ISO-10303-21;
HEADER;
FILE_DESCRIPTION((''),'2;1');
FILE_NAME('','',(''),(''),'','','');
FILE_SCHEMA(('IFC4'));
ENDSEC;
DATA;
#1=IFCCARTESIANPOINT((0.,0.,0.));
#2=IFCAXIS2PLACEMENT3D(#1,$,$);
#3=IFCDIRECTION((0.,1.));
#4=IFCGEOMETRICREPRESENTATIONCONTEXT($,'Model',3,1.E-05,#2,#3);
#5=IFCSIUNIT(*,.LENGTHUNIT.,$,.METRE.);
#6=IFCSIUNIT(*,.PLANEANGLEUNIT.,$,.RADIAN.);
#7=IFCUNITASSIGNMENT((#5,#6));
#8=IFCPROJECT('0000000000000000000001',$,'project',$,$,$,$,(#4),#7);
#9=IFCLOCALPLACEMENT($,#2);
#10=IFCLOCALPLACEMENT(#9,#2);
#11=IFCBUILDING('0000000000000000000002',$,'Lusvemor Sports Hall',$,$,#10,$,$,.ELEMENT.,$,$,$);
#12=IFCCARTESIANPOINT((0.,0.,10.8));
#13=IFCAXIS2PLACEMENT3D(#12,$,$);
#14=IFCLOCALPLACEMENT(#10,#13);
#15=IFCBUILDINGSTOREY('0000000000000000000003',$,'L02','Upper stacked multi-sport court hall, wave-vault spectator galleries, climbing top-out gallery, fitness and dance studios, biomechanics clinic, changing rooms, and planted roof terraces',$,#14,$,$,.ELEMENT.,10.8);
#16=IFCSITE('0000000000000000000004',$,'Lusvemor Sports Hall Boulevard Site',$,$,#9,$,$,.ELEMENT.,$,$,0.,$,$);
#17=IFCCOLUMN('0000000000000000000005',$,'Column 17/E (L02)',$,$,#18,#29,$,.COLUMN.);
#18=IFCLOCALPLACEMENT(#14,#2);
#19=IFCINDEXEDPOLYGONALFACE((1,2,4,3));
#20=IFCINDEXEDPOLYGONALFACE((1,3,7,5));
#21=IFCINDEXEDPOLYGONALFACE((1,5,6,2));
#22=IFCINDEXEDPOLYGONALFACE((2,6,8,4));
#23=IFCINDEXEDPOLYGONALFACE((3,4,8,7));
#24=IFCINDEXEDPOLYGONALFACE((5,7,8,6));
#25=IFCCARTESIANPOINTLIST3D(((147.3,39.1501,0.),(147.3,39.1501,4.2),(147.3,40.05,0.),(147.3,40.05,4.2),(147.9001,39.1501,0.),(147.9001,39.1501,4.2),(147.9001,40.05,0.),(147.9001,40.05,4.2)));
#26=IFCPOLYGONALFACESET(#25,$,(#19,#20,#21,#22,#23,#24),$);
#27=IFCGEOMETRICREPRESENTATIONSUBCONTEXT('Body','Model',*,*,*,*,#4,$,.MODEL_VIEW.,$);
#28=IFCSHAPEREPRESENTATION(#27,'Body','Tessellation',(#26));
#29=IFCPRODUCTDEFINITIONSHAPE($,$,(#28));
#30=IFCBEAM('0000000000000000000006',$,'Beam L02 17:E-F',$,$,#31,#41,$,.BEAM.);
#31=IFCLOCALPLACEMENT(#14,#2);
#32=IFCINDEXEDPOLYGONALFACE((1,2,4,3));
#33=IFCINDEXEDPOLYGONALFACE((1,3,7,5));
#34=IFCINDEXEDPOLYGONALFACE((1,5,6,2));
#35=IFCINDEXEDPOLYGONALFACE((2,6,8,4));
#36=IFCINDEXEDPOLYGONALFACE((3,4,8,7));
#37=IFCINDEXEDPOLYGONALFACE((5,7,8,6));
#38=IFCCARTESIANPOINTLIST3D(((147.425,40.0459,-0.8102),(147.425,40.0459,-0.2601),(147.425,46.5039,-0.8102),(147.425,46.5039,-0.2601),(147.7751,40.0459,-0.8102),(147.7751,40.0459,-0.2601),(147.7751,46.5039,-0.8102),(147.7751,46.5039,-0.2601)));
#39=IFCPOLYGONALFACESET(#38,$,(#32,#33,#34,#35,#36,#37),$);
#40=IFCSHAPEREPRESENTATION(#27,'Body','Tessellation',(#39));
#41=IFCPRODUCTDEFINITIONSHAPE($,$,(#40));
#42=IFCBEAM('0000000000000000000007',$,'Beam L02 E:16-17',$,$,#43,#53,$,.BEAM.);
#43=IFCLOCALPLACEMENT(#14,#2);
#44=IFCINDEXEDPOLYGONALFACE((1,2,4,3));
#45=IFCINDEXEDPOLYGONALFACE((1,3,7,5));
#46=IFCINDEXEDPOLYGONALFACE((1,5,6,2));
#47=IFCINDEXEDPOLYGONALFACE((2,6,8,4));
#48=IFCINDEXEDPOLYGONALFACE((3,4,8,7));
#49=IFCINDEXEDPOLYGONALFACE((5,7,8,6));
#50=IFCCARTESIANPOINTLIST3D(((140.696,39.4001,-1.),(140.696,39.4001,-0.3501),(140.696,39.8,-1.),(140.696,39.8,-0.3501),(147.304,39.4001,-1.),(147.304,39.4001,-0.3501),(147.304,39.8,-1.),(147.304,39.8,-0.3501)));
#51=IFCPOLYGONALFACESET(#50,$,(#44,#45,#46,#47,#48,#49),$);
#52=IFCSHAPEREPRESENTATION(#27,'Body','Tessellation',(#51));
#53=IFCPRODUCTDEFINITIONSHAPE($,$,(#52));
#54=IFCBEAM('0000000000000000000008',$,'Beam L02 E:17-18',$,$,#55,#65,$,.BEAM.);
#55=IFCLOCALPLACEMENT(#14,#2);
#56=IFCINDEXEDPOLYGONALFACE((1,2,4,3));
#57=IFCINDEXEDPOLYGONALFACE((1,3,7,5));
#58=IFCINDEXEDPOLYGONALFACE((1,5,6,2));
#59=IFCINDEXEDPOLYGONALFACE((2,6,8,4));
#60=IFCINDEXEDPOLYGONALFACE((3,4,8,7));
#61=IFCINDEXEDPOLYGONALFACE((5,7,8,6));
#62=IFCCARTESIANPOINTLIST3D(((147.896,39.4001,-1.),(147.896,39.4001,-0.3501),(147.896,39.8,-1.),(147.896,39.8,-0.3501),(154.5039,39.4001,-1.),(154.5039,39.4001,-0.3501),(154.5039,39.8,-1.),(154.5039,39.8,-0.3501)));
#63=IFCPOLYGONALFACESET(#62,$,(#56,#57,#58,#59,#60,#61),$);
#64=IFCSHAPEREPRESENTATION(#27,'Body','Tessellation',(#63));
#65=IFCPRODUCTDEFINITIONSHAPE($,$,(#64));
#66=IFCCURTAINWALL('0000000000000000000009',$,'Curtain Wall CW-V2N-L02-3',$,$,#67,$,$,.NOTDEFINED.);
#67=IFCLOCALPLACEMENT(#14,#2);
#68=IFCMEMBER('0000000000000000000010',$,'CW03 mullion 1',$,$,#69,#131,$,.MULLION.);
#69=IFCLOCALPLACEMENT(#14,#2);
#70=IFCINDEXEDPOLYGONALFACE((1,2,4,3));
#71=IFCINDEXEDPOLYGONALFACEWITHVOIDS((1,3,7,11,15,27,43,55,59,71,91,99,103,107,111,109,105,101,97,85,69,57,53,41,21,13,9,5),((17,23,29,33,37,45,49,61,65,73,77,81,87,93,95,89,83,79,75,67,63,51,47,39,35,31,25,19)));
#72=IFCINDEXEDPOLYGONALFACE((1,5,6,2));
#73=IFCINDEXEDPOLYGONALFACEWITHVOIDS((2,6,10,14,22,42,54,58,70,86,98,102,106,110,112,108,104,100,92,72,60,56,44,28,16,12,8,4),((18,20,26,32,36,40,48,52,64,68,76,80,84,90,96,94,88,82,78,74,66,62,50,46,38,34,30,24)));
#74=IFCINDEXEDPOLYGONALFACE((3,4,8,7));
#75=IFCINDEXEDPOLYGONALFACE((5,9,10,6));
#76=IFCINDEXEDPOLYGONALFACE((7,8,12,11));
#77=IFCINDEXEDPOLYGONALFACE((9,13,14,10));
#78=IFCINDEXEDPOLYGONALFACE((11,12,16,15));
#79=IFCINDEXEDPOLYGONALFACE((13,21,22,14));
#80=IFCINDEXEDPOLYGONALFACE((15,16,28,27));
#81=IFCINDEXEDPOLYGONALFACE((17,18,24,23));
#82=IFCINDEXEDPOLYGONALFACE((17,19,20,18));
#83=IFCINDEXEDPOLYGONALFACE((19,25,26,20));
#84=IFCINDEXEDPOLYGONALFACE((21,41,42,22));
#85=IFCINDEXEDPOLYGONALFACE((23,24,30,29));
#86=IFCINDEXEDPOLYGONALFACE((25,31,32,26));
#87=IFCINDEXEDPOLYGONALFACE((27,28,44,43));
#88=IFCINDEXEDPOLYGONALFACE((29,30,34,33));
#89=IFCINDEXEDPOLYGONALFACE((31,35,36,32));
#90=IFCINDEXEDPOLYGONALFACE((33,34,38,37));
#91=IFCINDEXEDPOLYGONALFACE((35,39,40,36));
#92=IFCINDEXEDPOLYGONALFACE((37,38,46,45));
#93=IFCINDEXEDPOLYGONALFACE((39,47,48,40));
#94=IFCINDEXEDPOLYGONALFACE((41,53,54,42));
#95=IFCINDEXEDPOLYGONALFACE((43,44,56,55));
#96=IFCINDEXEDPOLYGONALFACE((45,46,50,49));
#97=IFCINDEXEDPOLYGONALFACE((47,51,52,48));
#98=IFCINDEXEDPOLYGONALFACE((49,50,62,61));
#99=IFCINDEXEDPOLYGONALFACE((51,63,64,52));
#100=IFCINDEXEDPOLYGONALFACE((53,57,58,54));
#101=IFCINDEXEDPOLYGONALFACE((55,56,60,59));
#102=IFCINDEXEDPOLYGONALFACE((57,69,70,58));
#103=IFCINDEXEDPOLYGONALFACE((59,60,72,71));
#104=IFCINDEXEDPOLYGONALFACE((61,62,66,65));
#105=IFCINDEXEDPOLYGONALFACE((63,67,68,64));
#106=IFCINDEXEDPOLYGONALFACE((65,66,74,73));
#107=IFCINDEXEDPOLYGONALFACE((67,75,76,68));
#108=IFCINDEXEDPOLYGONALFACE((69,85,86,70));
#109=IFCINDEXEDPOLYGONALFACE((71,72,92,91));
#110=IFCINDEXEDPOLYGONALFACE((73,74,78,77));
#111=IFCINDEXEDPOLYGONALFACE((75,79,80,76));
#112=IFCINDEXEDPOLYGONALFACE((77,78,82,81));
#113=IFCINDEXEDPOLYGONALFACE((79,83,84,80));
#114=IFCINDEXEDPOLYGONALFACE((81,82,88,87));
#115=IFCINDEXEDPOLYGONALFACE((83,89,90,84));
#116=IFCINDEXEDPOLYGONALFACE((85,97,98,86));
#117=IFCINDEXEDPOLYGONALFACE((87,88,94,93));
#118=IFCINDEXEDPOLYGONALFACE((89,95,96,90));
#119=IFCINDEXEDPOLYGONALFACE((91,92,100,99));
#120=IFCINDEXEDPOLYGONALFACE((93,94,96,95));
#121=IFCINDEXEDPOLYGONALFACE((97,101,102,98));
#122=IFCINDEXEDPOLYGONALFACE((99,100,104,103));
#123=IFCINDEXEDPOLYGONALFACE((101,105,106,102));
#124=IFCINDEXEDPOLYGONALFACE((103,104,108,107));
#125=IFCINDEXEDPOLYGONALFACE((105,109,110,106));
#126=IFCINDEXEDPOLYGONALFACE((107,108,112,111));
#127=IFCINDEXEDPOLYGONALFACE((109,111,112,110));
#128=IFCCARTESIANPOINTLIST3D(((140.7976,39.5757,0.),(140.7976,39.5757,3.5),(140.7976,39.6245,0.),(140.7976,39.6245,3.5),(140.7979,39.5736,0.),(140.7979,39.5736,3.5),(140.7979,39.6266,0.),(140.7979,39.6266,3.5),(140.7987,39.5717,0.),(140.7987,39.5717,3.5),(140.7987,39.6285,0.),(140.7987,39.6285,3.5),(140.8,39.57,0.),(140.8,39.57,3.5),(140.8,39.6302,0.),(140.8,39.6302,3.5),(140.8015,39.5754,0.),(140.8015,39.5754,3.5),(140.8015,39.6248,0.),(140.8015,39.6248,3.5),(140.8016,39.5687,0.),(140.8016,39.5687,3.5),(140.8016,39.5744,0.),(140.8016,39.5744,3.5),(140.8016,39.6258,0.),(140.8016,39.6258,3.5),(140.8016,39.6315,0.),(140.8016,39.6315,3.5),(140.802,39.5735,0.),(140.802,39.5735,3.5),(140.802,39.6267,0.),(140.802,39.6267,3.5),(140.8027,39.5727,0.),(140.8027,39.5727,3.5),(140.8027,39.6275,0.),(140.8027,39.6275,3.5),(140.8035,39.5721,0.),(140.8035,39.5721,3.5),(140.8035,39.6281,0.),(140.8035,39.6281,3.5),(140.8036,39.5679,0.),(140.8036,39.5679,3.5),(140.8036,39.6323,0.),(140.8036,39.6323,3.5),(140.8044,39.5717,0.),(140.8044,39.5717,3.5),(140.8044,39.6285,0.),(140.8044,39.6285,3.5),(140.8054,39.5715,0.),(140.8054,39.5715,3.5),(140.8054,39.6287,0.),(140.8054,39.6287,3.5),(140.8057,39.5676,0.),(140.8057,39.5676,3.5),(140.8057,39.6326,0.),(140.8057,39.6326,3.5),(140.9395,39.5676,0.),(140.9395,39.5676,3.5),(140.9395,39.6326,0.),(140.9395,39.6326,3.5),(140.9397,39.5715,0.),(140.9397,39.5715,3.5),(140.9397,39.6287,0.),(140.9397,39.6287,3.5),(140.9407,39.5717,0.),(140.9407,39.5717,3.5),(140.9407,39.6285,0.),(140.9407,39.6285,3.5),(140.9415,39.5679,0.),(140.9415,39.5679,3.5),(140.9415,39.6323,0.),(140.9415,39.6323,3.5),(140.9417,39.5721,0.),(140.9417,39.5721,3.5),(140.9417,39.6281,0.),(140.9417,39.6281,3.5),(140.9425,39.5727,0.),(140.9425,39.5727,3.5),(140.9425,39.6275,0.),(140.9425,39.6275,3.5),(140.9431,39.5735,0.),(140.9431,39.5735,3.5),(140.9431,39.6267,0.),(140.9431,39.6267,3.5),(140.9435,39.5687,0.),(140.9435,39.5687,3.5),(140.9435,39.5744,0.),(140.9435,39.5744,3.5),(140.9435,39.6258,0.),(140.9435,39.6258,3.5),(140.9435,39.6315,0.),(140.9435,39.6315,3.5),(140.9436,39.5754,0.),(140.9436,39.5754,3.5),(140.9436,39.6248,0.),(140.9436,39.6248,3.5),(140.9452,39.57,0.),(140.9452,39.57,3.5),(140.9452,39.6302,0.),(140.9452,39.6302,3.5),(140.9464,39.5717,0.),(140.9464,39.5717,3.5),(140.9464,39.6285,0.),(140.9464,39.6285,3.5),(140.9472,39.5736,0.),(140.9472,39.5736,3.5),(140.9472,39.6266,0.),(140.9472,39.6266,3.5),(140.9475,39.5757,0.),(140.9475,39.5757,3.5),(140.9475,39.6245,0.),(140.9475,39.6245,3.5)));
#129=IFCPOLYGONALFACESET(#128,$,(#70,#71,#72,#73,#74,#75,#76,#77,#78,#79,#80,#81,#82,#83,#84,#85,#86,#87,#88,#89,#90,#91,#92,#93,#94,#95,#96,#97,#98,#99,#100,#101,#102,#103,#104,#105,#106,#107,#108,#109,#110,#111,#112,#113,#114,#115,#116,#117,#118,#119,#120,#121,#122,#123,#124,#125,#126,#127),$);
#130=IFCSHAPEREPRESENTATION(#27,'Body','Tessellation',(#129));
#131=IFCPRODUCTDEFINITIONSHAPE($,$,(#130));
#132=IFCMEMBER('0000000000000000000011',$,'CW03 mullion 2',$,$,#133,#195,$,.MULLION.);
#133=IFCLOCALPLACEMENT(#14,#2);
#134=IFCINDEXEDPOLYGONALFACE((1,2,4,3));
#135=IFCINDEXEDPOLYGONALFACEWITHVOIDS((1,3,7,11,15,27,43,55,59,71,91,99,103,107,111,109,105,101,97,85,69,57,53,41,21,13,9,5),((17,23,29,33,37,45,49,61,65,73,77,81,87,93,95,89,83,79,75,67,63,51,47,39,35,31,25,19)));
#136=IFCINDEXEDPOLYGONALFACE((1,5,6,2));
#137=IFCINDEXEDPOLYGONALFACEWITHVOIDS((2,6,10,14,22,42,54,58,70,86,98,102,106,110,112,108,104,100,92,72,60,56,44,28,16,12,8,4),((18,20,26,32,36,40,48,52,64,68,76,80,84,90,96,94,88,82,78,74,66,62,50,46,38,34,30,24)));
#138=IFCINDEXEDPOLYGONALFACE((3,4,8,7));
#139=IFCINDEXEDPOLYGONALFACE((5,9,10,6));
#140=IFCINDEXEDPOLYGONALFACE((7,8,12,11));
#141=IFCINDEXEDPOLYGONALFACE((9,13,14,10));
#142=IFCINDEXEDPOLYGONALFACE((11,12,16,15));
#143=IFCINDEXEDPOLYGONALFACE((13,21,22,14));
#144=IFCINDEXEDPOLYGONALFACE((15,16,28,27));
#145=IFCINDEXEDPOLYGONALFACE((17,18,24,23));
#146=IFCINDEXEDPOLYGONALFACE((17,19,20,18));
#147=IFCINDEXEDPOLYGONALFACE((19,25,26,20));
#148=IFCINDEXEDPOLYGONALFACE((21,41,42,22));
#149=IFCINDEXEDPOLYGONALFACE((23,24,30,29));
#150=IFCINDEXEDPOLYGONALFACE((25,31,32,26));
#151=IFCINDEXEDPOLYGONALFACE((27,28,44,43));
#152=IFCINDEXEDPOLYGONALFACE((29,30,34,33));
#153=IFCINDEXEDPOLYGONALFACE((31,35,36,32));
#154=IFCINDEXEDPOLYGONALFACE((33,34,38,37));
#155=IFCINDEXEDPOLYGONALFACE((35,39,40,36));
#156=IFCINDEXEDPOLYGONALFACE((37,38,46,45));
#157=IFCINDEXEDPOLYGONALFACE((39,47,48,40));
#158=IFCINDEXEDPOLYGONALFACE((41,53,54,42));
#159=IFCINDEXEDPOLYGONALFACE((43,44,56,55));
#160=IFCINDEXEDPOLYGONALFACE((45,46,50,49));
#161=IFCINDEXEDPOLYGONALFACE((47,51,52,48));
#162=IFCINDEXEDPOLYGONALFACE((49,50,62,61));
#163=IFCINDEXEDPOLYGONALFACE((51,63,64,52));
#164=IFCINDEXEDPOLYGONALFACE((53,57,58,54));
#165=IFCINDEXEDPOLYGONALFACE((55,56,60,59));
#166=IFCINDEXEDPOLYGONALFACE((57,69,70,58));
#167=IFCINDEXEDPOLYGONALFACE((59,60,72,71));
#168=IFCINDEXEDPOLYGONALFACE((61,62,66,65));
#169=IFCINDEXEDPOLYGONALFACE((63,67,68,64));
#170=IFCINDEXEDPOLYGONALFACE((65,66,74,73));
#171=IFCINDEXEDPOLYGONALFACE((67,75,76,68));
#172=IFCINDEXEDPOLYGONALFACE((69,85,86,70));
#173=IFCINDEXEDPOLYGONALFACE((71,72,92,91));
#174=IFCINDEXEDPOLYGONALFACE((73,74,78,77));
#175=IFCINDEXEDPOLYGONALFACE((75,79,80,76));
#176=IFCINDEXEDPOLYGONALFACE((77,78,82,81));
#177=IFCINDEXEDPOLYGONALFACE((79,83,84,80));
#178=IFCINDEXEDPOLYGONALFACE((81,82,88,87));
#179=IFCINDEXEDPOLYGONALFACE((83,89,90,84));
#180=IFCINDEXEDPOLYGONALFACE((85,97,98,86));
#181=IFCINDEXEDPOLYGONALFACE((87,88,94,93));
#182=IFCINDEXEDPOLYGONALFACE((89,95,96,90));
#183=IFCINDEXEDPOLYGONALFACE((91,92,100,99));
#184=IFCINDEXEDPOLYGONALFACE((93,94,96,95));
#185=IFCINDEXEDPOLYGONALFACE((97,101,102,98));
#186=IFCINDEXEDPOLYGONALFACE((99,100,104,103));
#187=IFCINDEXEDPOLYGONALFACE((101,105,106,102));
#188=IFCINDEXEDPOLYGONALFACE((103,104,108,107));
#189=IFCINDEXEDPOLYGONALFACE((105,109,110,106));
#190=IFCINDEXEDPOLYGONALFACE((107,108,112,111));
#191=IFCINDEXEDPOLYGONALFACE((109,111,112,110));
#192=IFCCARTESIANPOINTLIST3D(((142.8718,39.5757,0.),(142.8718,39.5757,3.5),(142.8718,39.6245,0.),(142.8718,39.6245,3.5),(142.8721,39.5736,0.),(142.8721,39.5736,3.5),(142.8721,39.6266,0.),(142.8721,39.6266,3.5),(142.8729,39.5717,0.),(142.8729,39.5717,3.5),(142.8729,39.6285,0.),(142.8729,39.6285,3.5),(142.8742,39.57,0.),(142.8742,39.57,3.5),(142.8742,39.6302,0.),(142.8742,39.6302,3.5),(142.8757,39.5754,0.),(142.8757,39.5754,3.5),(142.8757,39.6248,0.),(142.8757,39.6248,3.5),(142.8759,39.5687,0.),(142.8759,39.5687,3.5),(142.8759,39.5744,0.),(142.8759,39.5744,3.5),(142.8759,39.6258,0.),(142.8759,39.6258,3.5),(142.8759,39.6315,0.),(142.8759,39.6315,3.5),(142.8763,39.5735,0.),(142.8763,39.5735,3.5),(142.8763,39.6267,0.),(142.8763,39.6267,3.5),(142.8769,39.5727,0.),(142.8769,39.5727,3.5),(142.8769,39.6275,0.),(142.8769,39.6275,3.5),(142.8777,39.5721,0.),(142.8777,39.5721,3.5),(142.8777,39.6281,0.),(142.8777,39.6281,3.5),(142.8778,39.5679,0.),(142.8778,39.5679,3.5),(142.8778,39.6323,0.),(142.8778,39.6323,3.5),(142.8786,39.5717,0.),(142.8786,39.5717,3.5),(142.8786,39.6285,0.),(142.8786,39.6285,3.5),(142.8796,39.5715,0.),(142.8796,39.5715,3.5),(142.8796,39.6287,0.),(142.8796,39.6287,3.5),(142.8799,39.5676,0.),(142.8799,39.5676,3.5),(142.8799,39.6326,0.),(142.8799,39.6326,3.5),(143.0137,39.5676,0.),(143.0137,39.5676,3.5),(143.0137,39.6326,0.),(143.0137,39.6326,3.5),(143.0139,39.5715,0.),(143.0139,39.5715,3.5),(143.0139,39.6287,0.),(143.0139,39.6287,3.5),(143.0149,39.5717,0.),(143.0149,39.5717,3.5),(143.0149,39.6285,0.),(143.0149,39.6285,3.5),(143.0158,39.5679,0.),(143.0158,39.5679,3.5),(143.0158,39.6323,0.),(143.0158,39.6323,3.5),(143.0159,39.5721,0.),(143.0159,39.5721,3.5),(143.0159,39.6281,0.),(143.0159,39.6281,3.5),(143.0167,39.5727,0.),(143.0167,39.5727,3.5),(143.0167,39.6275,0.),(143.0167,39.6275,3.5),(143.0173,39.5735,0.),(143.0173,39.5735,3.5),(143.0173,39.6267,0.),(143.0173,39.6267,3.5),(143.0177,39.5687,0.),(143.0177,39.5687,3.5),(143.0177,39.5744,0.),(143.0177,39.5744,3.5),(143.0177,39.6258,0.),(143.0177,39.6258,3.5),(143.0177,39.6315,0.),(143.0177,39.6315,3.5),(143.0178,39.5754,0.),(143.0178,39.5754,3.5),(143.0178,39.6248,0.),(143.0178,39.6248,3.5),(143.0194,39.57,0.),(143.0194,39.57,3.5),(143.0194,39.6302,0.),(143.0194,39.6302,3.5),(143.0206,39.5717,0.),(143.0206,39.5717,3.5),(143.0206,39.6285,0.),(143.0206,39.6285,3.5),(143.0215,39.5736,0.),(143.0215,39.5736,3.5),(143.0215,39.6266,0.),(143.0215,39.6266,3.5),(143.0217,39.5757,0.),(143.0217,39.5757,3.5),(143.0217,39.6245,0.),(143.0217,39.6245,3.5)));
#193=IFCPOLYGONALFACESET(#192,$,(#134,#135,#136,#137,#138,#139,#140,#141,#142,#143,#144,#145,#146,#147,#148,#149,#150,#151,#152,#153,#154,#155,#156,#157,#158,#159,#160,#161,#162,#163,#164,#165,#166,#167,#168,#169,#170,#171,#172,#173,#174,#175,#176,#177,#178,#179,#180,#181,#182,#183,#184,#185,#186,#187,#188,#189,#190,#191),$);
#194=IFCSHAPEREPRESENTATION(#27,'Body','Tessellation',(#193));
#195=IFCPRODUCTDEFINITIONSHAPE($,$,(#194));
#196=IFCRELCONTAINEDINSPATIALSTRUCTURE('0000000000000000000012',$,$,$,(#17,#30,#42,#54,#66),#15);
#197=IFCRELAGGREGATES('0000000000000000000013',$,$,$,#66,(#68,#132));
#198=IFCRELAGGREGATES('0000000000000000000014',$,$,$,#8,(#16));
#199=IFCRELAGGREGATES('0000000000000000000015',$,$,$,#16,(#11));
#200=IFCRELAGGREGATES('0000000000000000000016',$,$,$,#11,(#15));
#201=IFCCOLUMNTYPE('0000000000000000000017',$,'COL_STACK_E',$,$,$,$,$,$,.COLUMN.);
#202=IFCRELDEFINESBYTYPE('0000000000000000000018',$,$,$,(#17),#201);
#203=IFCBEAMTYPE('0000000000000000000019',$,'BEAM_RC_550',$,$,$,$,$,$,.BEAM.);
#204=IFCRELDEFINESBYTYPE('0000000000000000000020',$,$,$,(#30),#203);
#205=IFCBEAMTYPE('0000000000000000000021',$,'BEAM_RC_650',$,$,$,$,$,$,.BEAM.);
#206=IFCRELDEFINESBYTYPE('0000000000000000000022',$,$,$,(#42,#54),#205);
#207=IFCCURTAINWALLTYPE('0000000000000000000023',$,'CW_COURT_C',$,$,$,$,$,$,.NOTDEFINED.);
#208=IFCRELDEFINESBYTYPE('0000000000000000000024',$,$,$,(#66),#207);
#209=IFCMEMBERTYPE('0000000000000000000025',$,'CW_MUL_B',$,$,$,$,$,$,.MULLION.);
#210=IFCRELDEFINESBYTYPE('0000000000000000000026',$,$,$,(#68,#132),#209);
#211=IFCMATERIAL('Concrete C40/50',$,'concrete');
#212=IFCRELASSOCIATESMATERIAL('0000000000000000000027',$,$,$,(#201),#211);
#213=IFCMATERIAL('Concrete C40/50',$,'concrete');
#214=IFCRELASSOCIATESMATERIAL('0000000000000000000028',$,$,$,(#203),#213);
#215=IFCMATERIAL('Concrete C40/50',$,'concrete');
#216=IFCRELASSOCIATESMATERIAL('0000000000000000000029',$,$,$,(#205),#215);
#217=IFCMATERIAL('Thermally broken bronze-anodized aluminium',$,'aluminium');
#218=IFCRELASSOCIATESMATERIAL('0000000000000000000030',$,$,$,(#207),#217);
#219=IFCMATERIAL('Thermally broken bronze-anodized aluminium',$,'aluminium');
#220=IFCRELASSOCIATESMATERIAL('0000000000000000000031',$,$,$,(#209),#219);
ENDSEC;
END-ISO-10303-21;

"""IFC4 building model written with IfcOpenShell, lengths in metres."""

from ifc_helpers import new_model, si_unit, direction, frame, origin, origin_2d, place, context, subcontext, project, spatial, rectangle, hollow_rectangle, extrude, material, material_profile, profile_set, type_object, element, aggregate, save


model = new_model("IFC4")

# Units and contexts
model_context = context("Model", 3, precision=1e-05, world=origin(), true_north=direction((0.0, 1.0)))
body_context = subcontext(model_context, "Body", "Model", "MODEL_VIEW")
ifc_project = project(units=[si_unit("LENGTHUNIT", "METRE"), si_unit("PLANEANGLEUNIT", "RADIAN")], contexts=[model_context])

# Site, building, storey
site_placement = place(None, origin())
site = spatial("IfcSite", under=ifc_project, at=site_placement, Name="Lusvemor Sports Hall Boulevard Site", CompositionType="ELEMENT", RefElevation=0.0)
building_placement = place(site_placement, origin())
building = spatial("IfcBuilding", under=site, at=building_placement, Name="Lusvemor Sports Hall", CompositionType="ELEMENT")
storey_placement = place(building_placement, frame((0.0, 0.0, 10.8)))
storey = spatial("IfcBuildingStorey", under=building, at=storey_placement, Name="L02", Description="Upper stacked multi-sport court hall, wave-vault spectator galleries, climbing top-out gallery, fitness and dance studios, biomechanics clinic, changing rooms, and planted roof terraces", CompositionType="ELEMENT", Elevation=10.8)

# Column
ifc_material_1 = material(Name="Concrete C40/50", Category="concrete")
ifc_material_profile_1 = material_profile(ifc_material_1, rectangle(XDim=0.6001, YDim=0.8999, at=origin_2d()), Name="RC600x900")
ifc_profile_set_1 = profile_set([ifc_material_profile_1], Name="Concrete C40/50")
column_type = type_object("IfcColumnType", Name="COL_STACK_E", PredefinedType="COLUMN", material=ifc_profile_set_1)
column_placement = place(storey_placement, frame((147.6001, 39.6001, 0.0), z_axis=(0.0, 0.0, 1.0), x_axis=(1.0, 0.0, 0.0)))
element("IfcColumn", 1, at=column_placement, inside=storey, type_object=column_type, Name="Column 17/E (L02)", PredefinedType="COLUMN", context=body_context, shape_type="SweptSolid", body=[
    extrude(rectangle(XDim=0.6001, YDim=0.8999, at=origin_2d()), origin(), (0.0, 0.0, 1.0), 4.2),
])

# Beams
ifc_material_2 = material(Name="Concrete C40/50", Category="concrete")
ifc_material_profile_2 = material_profile(ifc_material_2, rectangle(XDim=0.3501, YDim=0.55, at=origin_2d()), Name="RC350x550")
ifc_profile_set_2 = profile_set([ifc_material_profile_2], Name="Concrete C40/50")
beam_type_1 = type_object("IfcBeamType", Name="BEAM_RC_550", PredefinedType="BEAM", material=ifc_profile_set_2)
beam_1_placement = place(storey_placement, frame((147.6001, 40.0459, -0.5352), z_axis=(0.0, 1.0, 0.0), x_axis=(-1.0, 0.0, 0.0)))
element("IfcBeam", 2, at=beam_1_placement, inside=storey, type_object=beam_type_1, Name="Beam L02 17:E-F", PredefinedType="BEAM", context=body_context, shape_type="SweptSolid", body=[
    extrude(rectangle(XDim=0.3501, YDim=0.55, at=origin_2d()), origin(), (0.0, 0.0, 1.0), 6.458),
])
ifc_material_3 = material(Name="Concrete C40/50", Category="concrete")
ifc_material_profile_3 = material_profile(ifc_material_3, rectangle(XDim=0.3999, YDim=0.6499, at=origin_2d()), Name="RC400x650")
ifc_profile_set_3 = profile_set([ifc_material_profile_3], Name="Concrete C40/50")
beam_type_2 = type_object("IfcBeamType", Name="BEAM_RC_650", PredefinedType="BEAM", material=ifc_profile_set_3)
for number, where, z_axis, x_axis, name in (
    (3, (140.696, 39.6001, -0.675), (1.0, 0.0, 0.0), (0.0, 1.0, 0.0), "Beam L02 E:16-17"),
    (4, (147.896, 39.6001, -0.675), (1.0, 0.0, 0.0), (0.0, 1.0, 0.0), "Beam L02 E:17-18"),
):
    element("IfcBeam", number, at=place(storey_placement, frame(where, z_axis=z_axis, x_axis=x_axis)), inside=storey, type_object=beam_type_2, Name=name, PredefinedType="BEAM", context=body_context, shape_type="SweptSolid", body=[
        extrude(rectangle(XDim=0.3999, YDim=0.6499, at=origin_2d()), origin(), (0.0, 0.0, 1.0), 6.6079),
    ])

# Curtain wall, members
ifc_material_4 = material(Name="Thermally broken bronze-anodized aluminium", Category="aluminium")
curtain_wall_type = type_object("IfcCurtainWallType", Name="CW_COURT_C", PredefinedType="NOTDEFINED", material=ifc_material_4)
curtain_wall_placement = place(storey_placement, origin())
curtain_wall = element("IfcCurtainWall", 5, at=curtain_wall_placement, inside=storey, type_object=curtain_wall_type, Name="Curtain Wall CW-V2N-L02-3", PredefinedType="NOTDEFINED")
ifc_material_5 = material(Name="Thermally broken bronze-anodized aluminium", Category="aluminium")
ifc_material_profile_4 = material_profile(ifc_material_5, hollow_rectangle(XDim=0.0649, YDim=0.1499, WallThickness=0.0039, InnerFilletRadius=0.0039, OuterFilletRadius=0.0081, at=origin_2d()), Name="CWMUL150x65x4")
ifc_profile_set_4 = profile_set([ifc_material_profile_4], Name="Thermally broken bronze-anodized aluminium")
member_type_1 = type_object("IfcMemberType", Name="CW_MUL_B", PredefinedType="MULLION", material=ifc_profile_set_4)
member_1_placement = place(storey_placement, frame((140.8726, 39.6001, 0.0), z_axis=(0.0, 0.0, 1.0), x_axis=(0.0, 1.0, 0.0)))
member_1 = element("IfcMember", 6, at=member_1_placement, type_object=member_type_1, Name="CW03 mullion 1", PredefinedType="MULLION", context=body_context, shape_type="SweptSolid", body=[
    extrude(hollow_rectangle(XDim=0.0649, YDim=0.1499, WallThickness=0.0039, InnerFilletRadius=0.0039, OuterFilletRadius=0.0081, at=origin_2d()), origin(), (0.0, 0.0, 1.0), 3.5),
])
member_2_placement = place(storey_placement, frame((142.9468, 39.6001, 0.0), z_axis=(0.0, 0.0, 1.0), x_axis=(0.0, 1.0, 0.0)))
member_2 = element("IfcMember", 7, at=member_2_placement, type_object=member_type_1, Name="CW03 mullion 2", PredefinedType="MULLION", context=body_context, shape_type="SweptSolid", body=[
    extrude(hollow_rectangle(XDim=0.0649, YDim=0.1499, WallThickness=0.0039, InnerFilletRadius=0.0039, OuterFilletRadius=0.0081, at=origin_2d()), origin(), (0.0, 0.0, 1.0), 3.5),
])

aggregate(curtain_wall, [member_1, member_2])

save(model, "model.ifc")
